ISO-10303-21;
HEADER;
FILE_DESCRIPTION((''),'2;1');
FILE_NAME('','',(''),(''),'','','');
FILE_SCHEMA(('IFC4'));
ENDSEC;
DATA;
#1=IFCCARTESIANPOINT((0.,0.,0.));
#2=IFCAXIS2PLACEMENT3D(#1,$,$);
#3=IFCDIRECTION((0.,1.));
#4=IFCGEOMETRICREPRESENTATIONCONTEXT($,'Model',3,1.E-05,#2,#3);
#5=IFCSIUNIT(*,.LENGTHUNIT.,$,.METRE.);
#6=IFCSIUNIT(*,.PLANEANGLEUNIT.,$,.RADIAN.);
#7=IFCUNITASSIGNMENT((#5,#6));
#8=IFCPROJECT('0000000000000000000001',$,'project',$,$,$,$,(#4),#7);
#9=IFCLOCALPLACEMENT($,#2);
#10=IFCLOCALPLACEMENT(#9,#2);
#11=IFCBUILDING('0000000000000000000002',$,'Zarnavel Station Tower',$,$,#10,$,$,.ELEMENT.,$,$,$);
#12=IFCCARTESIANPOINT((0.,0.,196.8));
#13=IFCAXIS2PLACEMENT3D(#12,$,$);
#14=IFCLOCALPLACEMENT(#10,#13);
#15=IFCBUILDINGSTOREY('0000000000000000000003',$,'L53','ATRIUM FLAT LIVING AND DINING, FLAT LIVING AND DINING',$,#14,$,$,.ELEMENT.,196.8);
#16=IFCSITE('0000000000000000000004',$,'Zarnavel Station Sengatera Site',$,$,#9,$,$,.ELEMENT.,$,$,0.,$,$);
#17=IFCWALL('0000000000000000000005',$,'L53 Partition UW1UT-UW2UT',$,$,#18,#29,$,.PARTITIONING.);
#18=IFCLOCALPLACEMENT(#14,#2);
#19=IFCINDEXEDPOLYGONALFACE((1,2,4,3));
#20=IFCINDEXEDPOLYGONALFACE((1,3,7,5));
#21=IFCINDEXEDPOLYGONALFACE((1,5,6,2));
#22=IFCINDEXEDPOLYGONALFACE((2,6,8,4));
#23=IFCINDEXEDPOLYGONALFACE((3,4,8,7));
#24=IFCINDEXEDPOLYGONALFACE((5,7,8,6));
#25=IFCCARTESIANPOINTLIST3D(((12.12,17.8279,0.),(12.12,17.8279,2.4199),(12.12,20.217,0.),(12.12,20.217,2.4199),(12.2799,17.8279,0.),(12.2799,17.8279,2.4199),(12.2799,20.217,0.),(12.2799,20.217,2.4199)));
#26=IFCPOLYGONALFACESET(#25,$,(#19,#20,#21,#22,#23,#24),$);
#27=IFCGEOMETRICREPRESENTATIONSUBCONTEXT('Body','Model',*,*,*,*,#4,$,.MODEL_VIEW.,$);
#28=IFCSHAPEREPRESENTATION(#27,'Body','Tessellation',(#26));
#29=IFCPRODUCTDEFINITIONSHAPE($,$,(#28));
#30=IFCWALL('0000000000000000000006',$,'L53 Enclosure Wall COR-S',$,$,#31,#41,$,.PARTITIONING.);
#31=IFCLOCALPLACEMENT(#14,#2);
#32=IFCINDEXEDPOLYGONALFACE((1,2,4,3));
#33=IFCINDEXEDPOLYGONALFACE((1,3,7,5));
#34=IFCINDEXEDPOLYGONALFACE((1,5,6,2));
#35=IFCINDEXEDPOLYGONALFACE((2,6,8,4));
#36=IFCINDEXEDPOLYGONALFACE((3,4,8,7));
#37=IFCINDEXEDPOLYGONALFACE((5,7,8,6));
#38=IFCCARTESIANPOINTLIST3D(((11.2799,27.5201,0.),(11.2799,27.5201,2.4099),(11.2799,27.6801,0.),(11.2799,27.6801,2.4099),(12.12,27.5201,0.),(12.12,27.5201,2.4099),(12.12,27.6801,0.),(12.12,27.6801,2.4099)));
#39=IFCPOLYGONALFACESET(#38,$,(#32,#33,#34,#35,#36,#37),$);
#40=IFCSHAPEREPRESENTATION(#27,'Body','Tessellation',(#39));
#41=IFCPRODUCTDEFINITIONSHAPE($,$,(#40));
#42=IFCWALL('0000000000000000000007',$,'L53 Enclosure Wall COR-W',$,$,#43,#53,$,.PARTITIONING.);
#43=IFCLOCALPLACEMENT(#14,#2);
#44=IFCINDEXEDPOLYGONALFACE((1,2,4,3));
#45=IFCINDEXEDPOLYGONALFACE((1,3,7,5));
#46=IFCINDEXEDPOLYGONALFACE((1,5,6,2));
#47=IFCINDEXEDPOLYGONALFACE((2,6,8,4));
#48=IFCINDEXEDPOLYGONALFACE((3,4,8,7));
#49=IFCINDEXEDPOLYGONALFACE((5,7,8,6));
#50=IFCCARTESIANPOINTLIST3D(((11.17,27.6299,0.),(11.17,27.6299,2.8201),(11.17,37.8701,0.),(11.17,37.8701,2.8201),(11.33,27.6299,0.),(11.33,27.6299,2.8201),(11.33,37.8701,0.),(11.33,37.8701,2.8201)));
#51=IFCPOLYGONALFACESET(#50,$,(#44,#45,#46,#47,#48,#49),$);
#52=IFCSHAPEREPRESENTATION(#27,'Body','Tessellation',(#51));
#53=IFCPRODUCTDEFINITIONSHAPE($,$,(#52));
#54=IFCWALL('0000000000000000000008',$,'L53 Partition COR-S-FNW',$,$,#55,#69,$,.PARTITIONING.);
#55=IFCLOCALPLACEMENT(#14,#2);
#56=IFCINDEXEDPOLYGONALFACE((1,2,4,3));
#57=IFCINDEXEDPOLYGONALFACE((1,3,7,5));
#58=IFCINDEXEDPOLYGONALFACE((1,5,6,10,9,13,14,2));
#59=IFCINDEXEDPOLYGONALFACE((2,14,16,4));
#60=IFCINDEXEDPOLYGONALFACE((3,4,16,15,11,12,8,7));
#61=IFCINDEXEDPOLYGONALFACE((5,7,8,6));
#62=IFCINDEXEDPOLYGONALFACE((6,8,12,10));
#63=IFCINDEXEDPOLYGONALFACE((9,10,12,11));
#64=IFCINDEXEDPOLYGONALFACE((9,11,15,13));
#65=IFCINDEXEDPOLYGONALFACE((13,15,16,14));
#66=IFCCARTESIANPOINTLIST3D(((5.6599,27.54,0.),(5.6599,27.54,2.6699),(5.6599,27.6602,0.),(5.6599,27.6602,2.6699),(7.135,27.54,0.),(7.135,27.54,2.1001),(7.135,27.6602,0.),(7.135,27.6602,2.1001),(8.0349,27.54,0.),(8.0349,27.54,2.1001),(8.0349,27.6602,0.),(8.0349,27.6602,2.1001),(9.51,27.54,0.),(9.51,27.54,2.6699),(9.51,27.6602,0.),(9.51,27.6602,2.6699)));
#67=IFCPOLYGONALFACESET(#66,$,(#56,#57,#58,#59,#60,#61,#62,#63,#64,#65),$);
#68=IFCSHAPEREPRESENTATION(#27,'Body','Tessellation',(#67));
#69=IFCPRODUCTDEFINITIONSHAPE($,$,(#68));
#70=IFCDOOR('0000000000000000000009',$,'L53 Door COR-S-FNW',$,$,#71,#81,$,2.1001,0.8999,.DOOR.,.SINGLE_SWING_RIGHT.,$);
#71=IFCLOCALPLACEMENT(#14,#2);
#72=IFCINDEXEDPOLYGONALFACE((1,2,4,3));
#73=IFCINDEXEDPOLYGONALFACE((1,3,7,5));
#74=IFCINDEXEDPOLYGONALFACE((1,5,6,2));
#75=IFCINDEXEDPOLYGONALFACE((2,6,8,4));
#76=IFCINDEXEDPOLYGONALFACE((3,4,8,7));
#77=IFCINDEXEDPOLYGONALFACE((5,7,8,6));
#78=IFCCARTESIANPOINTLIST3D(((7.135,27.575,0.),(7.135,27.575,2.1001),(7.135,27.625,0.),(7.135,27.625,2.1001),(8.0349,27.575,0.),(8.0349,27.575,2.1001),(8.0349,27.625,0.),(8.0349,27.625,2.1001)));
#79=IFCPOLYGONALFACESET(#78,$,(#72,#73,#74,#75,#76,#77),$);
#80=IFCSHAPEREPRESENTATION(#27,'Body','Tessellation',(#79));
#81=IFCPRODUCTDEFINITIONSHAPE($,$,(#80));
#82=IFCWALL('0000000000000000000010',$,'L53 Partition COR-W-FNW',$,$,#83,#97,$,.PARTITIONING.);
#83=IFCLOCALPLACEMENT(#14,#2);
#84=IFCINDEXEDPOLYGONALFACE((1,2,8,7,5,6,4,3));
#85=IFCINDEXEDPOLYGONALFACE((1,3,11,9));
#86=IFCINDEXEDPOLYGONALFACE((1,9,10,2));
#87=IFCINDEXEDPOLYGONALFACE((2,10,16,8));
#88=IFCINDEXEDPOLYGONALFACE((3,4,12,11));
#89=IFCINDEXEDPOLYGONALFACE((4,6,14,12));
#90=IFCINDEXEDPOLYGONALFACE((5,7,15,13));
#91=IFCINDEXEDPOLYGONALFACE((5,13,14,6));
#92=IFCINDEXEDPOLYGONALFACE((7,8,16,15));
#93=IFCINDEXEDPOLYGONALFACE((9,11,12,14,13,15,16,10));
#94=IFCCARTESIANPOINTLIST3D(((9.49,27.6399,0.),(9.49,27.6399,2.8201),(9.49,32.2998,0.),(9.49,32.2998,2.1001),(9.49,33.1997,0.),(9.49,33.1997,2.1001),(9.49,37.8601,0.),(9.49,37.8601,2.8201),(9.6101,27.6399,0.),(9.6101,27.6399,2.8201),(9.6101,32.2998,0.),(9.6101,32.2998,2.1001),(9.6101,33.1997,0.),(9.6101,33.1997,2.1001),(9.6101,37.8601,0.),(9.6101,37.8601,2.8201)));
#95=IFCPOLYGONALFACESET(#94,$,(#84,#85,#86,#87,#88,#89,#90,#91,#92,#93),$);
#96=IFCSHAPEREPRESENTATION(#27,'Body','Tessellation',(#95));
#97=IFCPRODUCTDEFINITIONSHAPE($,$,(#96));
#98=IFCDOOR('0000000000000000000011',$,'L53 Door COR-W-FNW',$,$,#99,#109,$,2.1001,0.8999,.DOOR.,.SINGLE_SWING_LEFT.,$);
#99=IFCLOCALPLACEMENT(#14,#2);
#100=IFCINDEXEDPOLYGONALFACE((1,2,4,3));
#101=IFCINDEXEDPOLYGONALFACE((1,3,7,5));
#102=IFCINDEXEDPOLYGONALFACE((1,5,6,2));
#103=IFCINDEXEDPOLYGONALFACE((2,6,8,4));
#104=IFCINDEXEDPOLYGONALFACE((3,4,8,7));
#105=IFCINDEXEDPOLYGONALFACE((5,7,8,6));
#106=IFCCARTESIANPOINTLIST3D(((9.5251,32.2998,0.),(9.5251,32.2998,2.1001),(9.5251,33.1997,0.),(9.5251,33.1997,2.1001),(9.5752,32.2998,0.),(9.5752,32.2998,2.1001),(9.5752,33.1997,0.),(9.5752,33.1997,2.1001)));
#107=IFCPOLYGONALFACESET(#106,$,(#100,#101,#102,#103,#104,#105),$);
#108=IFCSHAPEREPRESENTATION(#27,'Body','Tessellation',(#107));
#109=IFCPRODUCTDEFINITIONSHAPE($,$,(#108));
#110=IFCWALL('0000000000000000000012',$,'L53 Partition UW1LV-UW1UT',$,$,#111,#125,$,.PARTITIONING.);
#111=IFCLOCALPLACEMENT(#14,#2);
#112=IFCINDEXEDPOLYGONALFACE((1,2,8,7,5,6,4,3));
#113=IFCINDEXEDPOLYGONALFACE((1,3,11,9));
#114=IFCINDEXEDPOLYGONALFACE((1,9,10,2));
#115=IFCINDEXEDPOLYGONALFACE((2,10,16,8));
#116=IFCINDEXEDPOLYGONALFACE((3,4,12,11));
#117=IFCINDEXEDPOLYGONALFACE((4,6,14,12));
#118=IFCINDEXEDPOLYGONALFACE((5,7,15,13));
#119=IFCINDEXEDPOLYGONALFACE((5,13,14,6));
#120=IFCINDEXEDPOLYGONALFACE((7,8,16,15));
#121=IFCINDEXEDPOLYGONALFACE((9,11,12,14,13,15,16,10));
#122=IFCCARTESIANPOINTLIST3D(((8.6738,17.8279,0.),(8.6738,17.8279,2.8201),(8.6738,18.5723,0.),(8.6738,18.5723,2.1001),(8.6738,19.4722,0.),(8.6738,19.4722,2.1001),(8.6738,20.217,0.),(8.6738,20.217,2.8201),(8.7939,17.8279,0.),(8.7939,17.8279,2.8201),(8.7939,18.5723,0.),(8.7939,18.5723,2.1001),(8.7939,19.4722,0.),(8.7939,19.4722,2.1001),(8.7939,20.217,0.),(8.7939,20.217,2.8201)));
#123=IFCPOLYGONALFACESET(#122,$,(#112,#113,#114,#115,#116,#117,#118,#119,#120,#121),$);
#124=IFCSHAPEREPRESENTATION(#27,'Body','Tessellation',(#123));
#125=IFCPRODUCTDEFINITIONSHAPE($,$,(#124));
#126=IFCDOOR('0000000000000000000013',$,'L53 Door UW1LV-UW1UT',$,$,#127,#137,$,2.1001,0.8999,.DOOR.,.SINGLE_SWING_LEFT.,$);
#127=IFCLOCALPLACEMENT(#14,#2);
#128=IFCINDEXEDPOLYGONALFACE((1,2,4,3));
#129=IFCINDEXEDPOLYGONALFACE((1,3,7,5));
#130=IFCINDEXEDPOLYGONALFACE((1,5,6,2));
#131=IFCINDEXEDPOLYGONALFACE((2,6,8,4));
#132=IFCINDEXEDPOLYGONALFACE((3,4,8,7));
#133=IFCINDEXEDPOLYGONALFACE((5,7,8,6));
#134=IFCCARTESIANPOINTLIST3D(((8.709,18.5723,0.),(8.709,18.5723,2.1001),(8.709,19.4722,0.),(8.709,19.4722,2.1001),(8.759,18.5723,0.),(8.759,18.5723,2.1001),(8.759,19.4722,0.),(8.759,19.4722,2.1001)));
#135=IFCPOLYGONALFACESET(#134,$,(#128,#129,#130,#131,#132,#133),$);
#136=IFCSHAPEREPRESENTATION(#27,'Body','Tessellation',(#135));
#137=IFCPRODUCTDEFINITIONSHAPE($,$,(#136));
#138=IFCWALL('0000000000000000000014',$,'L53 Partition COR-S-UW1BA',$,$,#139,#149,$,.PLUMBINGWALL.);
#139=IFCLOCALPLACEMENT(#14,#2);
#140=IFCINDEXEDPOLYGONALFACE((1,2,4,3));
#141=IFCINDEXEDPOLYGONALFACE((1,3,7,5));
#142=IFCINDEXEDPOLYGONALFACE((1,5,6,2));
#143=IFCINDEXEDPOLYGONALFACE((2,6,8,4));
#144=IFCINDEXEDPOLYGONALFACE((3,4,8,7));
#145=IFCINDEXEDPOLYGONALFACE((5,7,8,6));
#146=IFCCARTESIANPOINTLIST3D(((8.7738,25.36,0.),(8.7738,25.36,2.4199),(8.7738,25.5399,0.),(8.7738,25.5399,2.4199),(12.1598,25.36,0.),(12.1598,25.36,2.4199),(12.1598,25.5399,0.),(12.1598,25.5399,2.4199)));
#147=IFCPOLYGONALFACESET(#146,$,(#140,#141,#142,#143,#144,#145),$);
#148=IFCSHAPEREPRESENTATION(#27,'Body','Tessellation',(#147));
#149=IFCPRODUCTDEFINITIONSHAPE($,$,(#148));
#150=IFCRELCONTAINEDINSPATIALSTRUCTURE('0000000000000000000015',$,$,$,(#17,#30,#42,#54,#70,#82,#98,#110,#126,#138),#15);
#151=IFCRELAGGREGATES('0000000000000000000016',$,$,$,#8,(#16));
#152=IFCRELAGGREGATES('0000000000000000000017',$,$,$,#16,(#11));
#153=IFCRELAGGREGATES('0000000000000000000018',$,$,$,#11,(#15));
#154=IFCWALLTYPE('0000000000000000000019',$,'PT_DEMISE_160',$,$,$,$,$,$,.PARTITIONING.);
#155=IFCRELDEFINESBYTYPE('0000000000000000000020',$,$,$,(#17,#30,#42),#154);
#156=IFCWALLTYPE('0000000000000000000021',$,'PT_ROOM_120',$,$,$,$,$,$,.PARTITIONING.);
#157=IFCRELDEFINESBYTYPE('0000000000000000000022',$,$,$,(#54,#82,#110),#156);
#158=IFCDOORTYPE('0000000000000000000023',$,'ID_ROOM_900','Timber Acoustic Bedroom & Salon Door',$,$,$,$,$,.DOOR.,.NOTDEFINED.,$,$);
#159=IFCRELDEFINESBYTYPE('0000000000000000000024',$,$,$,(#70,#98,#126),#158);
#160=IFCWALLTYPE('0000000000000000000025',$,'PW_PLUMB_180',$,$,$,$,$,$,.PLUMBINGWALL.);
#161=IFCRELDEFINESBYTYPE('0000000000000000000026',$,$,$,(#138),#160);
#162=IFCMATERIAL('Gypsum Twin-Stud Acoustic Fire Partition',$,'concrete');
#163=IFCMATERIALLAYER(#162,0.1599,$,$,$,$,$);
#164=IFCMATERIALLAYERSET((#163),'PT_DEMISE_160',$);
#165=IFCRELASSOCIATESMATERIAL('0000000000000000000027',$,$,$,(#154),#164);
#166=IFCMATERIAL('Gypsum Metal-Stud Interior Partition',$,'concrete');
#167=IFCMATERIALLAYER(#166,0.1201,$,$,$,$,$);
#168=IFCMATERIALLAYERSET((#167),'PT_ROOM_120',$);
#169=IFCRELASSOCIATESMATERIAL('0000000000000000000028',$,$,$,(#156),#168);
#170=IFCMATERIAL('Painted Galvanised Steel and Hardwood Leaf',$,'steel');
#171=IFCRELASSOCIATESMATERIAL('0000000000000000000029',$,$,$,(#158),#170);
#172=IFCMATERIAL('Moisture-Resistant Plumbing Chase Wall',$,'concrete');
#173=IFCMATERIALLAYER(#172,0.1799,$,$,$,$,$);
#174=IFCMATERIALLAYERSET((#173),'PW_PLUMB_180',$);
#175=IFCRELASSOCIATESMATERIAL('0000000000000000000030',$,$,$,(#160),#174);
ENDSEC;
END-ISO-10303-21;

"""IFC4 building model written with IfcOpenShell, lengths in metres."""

from ifc_helpers import new_model, si_unit, direction, frame, frame_2d, origin, place, context, subcontext, project, spatial, rectangle, extrude, material, layer, layer_set, type_object, element, fill, save


model = new_model("IFC4")

# Units and contexts
model_context = context("Model", 3, precision=1e-05, world=origin(), true_north=direction((0.0, 1.0)))
body_context = subcontext(model_context, "Body", "Model", "MODEL_VIEW")
ifc_project = project(units=[si_unit("LENGTHUNIT", "METRE"), si_unit("PLANEANGLEUNIT", "RADIAN")], contexts=[model_context])

# Site, building, storey
site_placement = place(None, origin())
site = spatial("IfcSite", under=ifc_project, at=site_placement, Name="Zarnavel Station Sengatera Site", CompositionType="ELEMENT", RefElevation=0.0)
building_placement = place(site_placement, origin())
building = spatial("IfcBuilding", under=site, at=building_placement, Name="Zarnavel Station Tower", CompositionType="ELEMENT")
storey_placement = place(building_placement, frame((0.0, 0.0, 196.8)))
storey = spatial("IfcBuildingStorey", under=building, at=storey_placement, Name="L53", Description="ATRIUM FLAT LIVING AND DINING, FLAT LIVING AND DINING", CompositionType="ELEMENT", Elevation=196.8)

# Shared definitions
ifc_material_1 = material(Name="Gypsum Twin-Stud Acoustic Fire Partition", Category="concrete")
ifc_layer_1 = layer(ifc_material_1, 0.1599)
ifc_layer_set_1 = layer_set([ifc_layer_1], Name="PT_DEMISE_160")
wall_type_1 = type_object("IfcWallType", Name="PT_DEMISE_160", PredefinedType="PARTITIONING", material=ifc_layer_set_1)

# Walls
wall_1_placement = place(storey_placement, frame((12.2, 17.8279, 0.0), z_axis=(0.0, 0.0, 1.0), x_axis=(0.0, 1.0, 0.0)))
element("IfcWall", 1, at=wall_1_placement, inside=storey, type_object=wall_type_1, Name="L53 Partition UW1UT-UW2UT", PredefinedType="PARTITIONING", context=body_context, shape_type="SweptSolid", body=[
    extrude(rectangle(XDim=2.3892, YDim=0.1599, at=frame_2d((1.1946, 0.0))), origin(), (0.0, 0.0, 1.0), 2.4199),
])
wall_2_placement = place(storey_placement, frame((11.28, 27.6001, 0.0), z_axis=(0.0, 0.0, 1.0), x_axis=(1.0, 0.0, 0.0)))
element("IfcWall", 2, at=wall_2_placement, inside=storey, type_object=wall_type_1, Name="L53 Enclosure Wall COR-S", PredefinedType="PARTITIONING", context=body_context, shape_type="SweptSolid", body=[
    extrude(rectangle(XDim=0.8401, YDim=0.1599, at=frame_2d((0.4199, 0.0))), origin(), (0.0, 0.0, 1.0), 2.4099),
])
wall_3_placement = place(storey_placement, frame((11.25, 27.6299, 0.0), z_axis=(0.0, 0.0, 1.0), x_axis=(0.0, 1.0, 0.0)))
element("IfcWall", 3, at=wall_3_placement, inside=storey, type_object=wall_type_1, Name="L53 Enclosure Wall COR-W", PredefinedType="PARTITIONING", context=body_context, shape_type="SweptSolid", body=[
    extrude(rectangle(XDim=10.2402, YDim=0.1599, at=frame_2d((5.1201, 0.0))), origin(), (0.0, 0.0, 1.0), 2.8201),
])

# Walls, openings, doors
ifc_material_2 = material(Name="Gypsum Metal-Stud Interior Partition", Category="concrete")
ifc_layer_2 = layer(ifc_material_2, 0.1201)
ifc_layer_set_2 = layer_set([ifc_layer_2], Name="PT_ROOM_120")
wall_type_2 = type_object("IfcWallType", Name="PT_ROOM_120", PredefinedType="PARTITIONING", material=ifc_layer_set_2)
wall_4_placement = place(storey_placement, frame((5.6599, 27.6001, 0.0), z_axis=(0.0, 0.0, 1.0), x_axis=(1.0, 0.0, 0.0)))
wall_4 = element("IfcWall", 4, at=wall_4_placement, inside=storey, type_object=wall_type_2, Name="L53 Partition COR-S-FNW", PredefinedType="PARTITIONING", context=body_context, shape_type="SweptSolid", body=[
    extrude(rectangle(XDim=3.8501, YDim=0.1201, at=frame_2d((1.925, 0.0))), origin(), (0.0, 0.0, 1.0), 2.6699),
])
opening_1_placement = place(wall_4_placement, frame((1.4751, 0.0, 0.0)))
opening_1 = element("IfcOpeningElement", 5, at=opening_1_placement, cuts=wall_4, PredefinedType="OPENING", context=body_context, shape_type="SweptSolid", body=[
    extrude(rectangle(XDim=0.8999, YDim=2.1001, at=frame_2d((0.45, 1.05))), frame((0.0, 0.0701, 0.0), z_axis=(0.0, -1.0, 0.0), x_axis=(1.0, 0.0, 0.0)), (0.0, 0.0, 1.0), 0.1401),
])
ifc_material_3 = material(Name="Painted Galvanised Steel and Hardwood Leaf", Category="steel")
door_type_1 = type_object("IfcDoorType", Name="ID_ROOM_900", Description="Timber Acoustic Bedroom & Salon Door", OperationType="NOTDEFINED", PredefinedType="DOOR", material=ifc_material_3)
door_1_placement = place(opening_1_placement, origin())
door_1 = element("IfcDoor", 6, at=door_1_placement, inside=storey, type_object=door_type_1, Name="L53 Door COR-S-FNW", OperationType="SINGLE_SWING_RIGHT", OverallHeight=2.1001, OverallWidth=0.8999, PredefinedType="DOOR", context=body_context, shape_type="SweptSolid", body=[
    extrude(rectangle(XDim=0.8999, YDim=2.1001, at=frame_2d((0.45, 1.05))), frame((0.0, 0.0249, 0.0), z_axis=(0.0, -1.0, 0.0), x_axis=(1.0, 0.0, 0.0)), (0.0, 0.0, 1.0), 0.05),
])
fill(opening_1, door_1)
wall_5_placement = place(storey_placement, frame((9.55, 27.6399, 0.0), z_axis=(0.0, 0.0, 1.0), x_axis=(0.0, 1.0, 0.0)))
wall_5 = element("IfcWall", 7, at=wall_5_placement, inside=storey, type_object=wall_type_2, Name="L53 Partition COR-W-FNW", PredefinedType="PARTITIONING", context=body_context, shape_type="SweptSolid", body=[
    extrude(rectangle(XDim=10.2202, YDim=0.1201, at=frame_2d((5.1101, 0.0))), origin(), (0.0, 0.0, 1.0), 2.8201),
])
opening_2_placement = place(wall_5_placement, frame((4.6599, 0.0, 0.0)))
opening_2 = element("IfcOpeningElement", 8, at=opening_2_placement, cuts=wall_5, PredefinedType="OPENING", context=body_context, shape_type="SweptSolid", body=[
    extrude(rectangle(XDim=0.8999, YDim=2.1001, at=frame_2d((0.45, 1.05))), frame((0.0, 0.0701, 0.0), z_axis=(0.0, -1.0, 0.0), x_axis=(1.0, 0.0, 0.0)), (0.0, 0.0, 1.0), 0.1401),
])
door_2_placement = place(opening_2_placement, origin())
door_2 = element("IfcDoor", 9, at=door_2_placement, inside=storey, type_object=door_type_1, Name="L53 Door COR-W-FNW", OperationType="SINGLE_SWING_LEFT", OverallHeight=2.1001, OverallWidth=0.8999, PredefinedType="DOOR", context=body_context, shape_type="SweptSolid", body=[
    extrude(rectangle(XDim=0.8999, YDim=2.1001, at=frame_2d((0.45, 1.05))), frame((0.0, 0.0249, 0.0), z_axis=(0.0, -1.0, 0.0), x_axis=(1.0, 0.0, 0.0)), (0.0, 0.0, 1.0), 0.05),
])
fill(opening_2, door_2)
wall_6_placement = place(storey_placement, frame((8.7339, 17.8279, 0.0), z_axis=(0.0, 0.0, 1.0), x_axis=(0.0, 1.0, 0.0)))
wall_6 = element("IfcWall", 10, at=wall_6_placement, inside=storey, type_object=wall_type_2, Name="L53 Partition UW1LV-UW1UT", PredefinedType="PARTITIONING", context=body_context, shape_type="SweptSolid", body=[
    extrude(rectangle(XDim=2.3892, YDim=0.1201, at=frame_2d((1.1946, 0.0))), origin(), (0.0, 0.0, 1.0), 2.8201),
])
opening_3_placement = place(wall_6_placement, frame((0.7444, 0.0, 0.0)))
opening_3 = element("IfcOpeningElement", 11, at=opening_3_placement, cuts=wall_6, PredefinedType="OPENING", context=body_context, shape_type="SweptSolid", body=[
    extrude(rectangle(XDim=0.8999, YDim=2.1001, at=frame_2d((0.45, 1.05))), frame((0.0, 0.0701, 0.0), z_axis=(0.0, -1.0, 0.0), x_axis=(1.0, 0.0, 0.0)), (0.0, 0.0, 1.0), 0.1401),
])
door_3_placement = place(opening_3_placement, origin())
door_3 = element("IfcDoor", 12, at=door_3_placement, inside=storey, type_object=door_type_1, Name="L53 Door UW1LV-UW1UT", OperationType="SINGLE_SWING_LEFT", OverallHeight=2.1001, OverallWidth=0.8999, PredefinedType="DOOR", context=body_context, shape_type="SweptSolid", body=[
    extrude(rectangle(XDim=0.8999, YDim=2.1001, at=frame_2d((0.45, 1.05))), frame((0.0, 0.0249, 0.0), z_axis=(0.0, -1.0, 0.0), x_axis=(1.0, 0.0, 0.0)), (0.0, 0.0, 1.0), 0.05),
])
fill(opening_3, door_3)

# Wall
ifc_material_4 = material(Name="Moisture-Resistant Plumbing Chase Wall", Category="concrete")
ifc_layer_3 = layer(ifc_material_4, 0.1799)
ifc_layer_set_3 = layer_set([ifc_layer_3], Name="PW_PLUMB_180")
wall_type_3 = type_object("IfcWallType", Name="PW_PLUMB_180", PredefinedType="PLUMBINGWALL", material=ifc_layer_set_3)
wall_7_placement = place(storey_placement, frame((8.7739, 25.45, 0.0), z_axis=(0.0, 0.0, 1.0), x_axis=(1.0, 0.0, 0.0)))
element("IfcWall", 13, at=wall_7_placement, inside=storey, type_object=wall_type_3, Name="L53 Partition COR-S-UW1BA", PredefinedType="PLUMBINGWALL", context=body_context, shape_type="SweptSolid", body=[
    extrude(rectangle(XDim=3.386, YDim=0.1799, at=frame_2d((1.6929, 0.0))), origin(), (0.0, 0.0, 1.0), 2.4199),
])

save(model, "model.ifc")
